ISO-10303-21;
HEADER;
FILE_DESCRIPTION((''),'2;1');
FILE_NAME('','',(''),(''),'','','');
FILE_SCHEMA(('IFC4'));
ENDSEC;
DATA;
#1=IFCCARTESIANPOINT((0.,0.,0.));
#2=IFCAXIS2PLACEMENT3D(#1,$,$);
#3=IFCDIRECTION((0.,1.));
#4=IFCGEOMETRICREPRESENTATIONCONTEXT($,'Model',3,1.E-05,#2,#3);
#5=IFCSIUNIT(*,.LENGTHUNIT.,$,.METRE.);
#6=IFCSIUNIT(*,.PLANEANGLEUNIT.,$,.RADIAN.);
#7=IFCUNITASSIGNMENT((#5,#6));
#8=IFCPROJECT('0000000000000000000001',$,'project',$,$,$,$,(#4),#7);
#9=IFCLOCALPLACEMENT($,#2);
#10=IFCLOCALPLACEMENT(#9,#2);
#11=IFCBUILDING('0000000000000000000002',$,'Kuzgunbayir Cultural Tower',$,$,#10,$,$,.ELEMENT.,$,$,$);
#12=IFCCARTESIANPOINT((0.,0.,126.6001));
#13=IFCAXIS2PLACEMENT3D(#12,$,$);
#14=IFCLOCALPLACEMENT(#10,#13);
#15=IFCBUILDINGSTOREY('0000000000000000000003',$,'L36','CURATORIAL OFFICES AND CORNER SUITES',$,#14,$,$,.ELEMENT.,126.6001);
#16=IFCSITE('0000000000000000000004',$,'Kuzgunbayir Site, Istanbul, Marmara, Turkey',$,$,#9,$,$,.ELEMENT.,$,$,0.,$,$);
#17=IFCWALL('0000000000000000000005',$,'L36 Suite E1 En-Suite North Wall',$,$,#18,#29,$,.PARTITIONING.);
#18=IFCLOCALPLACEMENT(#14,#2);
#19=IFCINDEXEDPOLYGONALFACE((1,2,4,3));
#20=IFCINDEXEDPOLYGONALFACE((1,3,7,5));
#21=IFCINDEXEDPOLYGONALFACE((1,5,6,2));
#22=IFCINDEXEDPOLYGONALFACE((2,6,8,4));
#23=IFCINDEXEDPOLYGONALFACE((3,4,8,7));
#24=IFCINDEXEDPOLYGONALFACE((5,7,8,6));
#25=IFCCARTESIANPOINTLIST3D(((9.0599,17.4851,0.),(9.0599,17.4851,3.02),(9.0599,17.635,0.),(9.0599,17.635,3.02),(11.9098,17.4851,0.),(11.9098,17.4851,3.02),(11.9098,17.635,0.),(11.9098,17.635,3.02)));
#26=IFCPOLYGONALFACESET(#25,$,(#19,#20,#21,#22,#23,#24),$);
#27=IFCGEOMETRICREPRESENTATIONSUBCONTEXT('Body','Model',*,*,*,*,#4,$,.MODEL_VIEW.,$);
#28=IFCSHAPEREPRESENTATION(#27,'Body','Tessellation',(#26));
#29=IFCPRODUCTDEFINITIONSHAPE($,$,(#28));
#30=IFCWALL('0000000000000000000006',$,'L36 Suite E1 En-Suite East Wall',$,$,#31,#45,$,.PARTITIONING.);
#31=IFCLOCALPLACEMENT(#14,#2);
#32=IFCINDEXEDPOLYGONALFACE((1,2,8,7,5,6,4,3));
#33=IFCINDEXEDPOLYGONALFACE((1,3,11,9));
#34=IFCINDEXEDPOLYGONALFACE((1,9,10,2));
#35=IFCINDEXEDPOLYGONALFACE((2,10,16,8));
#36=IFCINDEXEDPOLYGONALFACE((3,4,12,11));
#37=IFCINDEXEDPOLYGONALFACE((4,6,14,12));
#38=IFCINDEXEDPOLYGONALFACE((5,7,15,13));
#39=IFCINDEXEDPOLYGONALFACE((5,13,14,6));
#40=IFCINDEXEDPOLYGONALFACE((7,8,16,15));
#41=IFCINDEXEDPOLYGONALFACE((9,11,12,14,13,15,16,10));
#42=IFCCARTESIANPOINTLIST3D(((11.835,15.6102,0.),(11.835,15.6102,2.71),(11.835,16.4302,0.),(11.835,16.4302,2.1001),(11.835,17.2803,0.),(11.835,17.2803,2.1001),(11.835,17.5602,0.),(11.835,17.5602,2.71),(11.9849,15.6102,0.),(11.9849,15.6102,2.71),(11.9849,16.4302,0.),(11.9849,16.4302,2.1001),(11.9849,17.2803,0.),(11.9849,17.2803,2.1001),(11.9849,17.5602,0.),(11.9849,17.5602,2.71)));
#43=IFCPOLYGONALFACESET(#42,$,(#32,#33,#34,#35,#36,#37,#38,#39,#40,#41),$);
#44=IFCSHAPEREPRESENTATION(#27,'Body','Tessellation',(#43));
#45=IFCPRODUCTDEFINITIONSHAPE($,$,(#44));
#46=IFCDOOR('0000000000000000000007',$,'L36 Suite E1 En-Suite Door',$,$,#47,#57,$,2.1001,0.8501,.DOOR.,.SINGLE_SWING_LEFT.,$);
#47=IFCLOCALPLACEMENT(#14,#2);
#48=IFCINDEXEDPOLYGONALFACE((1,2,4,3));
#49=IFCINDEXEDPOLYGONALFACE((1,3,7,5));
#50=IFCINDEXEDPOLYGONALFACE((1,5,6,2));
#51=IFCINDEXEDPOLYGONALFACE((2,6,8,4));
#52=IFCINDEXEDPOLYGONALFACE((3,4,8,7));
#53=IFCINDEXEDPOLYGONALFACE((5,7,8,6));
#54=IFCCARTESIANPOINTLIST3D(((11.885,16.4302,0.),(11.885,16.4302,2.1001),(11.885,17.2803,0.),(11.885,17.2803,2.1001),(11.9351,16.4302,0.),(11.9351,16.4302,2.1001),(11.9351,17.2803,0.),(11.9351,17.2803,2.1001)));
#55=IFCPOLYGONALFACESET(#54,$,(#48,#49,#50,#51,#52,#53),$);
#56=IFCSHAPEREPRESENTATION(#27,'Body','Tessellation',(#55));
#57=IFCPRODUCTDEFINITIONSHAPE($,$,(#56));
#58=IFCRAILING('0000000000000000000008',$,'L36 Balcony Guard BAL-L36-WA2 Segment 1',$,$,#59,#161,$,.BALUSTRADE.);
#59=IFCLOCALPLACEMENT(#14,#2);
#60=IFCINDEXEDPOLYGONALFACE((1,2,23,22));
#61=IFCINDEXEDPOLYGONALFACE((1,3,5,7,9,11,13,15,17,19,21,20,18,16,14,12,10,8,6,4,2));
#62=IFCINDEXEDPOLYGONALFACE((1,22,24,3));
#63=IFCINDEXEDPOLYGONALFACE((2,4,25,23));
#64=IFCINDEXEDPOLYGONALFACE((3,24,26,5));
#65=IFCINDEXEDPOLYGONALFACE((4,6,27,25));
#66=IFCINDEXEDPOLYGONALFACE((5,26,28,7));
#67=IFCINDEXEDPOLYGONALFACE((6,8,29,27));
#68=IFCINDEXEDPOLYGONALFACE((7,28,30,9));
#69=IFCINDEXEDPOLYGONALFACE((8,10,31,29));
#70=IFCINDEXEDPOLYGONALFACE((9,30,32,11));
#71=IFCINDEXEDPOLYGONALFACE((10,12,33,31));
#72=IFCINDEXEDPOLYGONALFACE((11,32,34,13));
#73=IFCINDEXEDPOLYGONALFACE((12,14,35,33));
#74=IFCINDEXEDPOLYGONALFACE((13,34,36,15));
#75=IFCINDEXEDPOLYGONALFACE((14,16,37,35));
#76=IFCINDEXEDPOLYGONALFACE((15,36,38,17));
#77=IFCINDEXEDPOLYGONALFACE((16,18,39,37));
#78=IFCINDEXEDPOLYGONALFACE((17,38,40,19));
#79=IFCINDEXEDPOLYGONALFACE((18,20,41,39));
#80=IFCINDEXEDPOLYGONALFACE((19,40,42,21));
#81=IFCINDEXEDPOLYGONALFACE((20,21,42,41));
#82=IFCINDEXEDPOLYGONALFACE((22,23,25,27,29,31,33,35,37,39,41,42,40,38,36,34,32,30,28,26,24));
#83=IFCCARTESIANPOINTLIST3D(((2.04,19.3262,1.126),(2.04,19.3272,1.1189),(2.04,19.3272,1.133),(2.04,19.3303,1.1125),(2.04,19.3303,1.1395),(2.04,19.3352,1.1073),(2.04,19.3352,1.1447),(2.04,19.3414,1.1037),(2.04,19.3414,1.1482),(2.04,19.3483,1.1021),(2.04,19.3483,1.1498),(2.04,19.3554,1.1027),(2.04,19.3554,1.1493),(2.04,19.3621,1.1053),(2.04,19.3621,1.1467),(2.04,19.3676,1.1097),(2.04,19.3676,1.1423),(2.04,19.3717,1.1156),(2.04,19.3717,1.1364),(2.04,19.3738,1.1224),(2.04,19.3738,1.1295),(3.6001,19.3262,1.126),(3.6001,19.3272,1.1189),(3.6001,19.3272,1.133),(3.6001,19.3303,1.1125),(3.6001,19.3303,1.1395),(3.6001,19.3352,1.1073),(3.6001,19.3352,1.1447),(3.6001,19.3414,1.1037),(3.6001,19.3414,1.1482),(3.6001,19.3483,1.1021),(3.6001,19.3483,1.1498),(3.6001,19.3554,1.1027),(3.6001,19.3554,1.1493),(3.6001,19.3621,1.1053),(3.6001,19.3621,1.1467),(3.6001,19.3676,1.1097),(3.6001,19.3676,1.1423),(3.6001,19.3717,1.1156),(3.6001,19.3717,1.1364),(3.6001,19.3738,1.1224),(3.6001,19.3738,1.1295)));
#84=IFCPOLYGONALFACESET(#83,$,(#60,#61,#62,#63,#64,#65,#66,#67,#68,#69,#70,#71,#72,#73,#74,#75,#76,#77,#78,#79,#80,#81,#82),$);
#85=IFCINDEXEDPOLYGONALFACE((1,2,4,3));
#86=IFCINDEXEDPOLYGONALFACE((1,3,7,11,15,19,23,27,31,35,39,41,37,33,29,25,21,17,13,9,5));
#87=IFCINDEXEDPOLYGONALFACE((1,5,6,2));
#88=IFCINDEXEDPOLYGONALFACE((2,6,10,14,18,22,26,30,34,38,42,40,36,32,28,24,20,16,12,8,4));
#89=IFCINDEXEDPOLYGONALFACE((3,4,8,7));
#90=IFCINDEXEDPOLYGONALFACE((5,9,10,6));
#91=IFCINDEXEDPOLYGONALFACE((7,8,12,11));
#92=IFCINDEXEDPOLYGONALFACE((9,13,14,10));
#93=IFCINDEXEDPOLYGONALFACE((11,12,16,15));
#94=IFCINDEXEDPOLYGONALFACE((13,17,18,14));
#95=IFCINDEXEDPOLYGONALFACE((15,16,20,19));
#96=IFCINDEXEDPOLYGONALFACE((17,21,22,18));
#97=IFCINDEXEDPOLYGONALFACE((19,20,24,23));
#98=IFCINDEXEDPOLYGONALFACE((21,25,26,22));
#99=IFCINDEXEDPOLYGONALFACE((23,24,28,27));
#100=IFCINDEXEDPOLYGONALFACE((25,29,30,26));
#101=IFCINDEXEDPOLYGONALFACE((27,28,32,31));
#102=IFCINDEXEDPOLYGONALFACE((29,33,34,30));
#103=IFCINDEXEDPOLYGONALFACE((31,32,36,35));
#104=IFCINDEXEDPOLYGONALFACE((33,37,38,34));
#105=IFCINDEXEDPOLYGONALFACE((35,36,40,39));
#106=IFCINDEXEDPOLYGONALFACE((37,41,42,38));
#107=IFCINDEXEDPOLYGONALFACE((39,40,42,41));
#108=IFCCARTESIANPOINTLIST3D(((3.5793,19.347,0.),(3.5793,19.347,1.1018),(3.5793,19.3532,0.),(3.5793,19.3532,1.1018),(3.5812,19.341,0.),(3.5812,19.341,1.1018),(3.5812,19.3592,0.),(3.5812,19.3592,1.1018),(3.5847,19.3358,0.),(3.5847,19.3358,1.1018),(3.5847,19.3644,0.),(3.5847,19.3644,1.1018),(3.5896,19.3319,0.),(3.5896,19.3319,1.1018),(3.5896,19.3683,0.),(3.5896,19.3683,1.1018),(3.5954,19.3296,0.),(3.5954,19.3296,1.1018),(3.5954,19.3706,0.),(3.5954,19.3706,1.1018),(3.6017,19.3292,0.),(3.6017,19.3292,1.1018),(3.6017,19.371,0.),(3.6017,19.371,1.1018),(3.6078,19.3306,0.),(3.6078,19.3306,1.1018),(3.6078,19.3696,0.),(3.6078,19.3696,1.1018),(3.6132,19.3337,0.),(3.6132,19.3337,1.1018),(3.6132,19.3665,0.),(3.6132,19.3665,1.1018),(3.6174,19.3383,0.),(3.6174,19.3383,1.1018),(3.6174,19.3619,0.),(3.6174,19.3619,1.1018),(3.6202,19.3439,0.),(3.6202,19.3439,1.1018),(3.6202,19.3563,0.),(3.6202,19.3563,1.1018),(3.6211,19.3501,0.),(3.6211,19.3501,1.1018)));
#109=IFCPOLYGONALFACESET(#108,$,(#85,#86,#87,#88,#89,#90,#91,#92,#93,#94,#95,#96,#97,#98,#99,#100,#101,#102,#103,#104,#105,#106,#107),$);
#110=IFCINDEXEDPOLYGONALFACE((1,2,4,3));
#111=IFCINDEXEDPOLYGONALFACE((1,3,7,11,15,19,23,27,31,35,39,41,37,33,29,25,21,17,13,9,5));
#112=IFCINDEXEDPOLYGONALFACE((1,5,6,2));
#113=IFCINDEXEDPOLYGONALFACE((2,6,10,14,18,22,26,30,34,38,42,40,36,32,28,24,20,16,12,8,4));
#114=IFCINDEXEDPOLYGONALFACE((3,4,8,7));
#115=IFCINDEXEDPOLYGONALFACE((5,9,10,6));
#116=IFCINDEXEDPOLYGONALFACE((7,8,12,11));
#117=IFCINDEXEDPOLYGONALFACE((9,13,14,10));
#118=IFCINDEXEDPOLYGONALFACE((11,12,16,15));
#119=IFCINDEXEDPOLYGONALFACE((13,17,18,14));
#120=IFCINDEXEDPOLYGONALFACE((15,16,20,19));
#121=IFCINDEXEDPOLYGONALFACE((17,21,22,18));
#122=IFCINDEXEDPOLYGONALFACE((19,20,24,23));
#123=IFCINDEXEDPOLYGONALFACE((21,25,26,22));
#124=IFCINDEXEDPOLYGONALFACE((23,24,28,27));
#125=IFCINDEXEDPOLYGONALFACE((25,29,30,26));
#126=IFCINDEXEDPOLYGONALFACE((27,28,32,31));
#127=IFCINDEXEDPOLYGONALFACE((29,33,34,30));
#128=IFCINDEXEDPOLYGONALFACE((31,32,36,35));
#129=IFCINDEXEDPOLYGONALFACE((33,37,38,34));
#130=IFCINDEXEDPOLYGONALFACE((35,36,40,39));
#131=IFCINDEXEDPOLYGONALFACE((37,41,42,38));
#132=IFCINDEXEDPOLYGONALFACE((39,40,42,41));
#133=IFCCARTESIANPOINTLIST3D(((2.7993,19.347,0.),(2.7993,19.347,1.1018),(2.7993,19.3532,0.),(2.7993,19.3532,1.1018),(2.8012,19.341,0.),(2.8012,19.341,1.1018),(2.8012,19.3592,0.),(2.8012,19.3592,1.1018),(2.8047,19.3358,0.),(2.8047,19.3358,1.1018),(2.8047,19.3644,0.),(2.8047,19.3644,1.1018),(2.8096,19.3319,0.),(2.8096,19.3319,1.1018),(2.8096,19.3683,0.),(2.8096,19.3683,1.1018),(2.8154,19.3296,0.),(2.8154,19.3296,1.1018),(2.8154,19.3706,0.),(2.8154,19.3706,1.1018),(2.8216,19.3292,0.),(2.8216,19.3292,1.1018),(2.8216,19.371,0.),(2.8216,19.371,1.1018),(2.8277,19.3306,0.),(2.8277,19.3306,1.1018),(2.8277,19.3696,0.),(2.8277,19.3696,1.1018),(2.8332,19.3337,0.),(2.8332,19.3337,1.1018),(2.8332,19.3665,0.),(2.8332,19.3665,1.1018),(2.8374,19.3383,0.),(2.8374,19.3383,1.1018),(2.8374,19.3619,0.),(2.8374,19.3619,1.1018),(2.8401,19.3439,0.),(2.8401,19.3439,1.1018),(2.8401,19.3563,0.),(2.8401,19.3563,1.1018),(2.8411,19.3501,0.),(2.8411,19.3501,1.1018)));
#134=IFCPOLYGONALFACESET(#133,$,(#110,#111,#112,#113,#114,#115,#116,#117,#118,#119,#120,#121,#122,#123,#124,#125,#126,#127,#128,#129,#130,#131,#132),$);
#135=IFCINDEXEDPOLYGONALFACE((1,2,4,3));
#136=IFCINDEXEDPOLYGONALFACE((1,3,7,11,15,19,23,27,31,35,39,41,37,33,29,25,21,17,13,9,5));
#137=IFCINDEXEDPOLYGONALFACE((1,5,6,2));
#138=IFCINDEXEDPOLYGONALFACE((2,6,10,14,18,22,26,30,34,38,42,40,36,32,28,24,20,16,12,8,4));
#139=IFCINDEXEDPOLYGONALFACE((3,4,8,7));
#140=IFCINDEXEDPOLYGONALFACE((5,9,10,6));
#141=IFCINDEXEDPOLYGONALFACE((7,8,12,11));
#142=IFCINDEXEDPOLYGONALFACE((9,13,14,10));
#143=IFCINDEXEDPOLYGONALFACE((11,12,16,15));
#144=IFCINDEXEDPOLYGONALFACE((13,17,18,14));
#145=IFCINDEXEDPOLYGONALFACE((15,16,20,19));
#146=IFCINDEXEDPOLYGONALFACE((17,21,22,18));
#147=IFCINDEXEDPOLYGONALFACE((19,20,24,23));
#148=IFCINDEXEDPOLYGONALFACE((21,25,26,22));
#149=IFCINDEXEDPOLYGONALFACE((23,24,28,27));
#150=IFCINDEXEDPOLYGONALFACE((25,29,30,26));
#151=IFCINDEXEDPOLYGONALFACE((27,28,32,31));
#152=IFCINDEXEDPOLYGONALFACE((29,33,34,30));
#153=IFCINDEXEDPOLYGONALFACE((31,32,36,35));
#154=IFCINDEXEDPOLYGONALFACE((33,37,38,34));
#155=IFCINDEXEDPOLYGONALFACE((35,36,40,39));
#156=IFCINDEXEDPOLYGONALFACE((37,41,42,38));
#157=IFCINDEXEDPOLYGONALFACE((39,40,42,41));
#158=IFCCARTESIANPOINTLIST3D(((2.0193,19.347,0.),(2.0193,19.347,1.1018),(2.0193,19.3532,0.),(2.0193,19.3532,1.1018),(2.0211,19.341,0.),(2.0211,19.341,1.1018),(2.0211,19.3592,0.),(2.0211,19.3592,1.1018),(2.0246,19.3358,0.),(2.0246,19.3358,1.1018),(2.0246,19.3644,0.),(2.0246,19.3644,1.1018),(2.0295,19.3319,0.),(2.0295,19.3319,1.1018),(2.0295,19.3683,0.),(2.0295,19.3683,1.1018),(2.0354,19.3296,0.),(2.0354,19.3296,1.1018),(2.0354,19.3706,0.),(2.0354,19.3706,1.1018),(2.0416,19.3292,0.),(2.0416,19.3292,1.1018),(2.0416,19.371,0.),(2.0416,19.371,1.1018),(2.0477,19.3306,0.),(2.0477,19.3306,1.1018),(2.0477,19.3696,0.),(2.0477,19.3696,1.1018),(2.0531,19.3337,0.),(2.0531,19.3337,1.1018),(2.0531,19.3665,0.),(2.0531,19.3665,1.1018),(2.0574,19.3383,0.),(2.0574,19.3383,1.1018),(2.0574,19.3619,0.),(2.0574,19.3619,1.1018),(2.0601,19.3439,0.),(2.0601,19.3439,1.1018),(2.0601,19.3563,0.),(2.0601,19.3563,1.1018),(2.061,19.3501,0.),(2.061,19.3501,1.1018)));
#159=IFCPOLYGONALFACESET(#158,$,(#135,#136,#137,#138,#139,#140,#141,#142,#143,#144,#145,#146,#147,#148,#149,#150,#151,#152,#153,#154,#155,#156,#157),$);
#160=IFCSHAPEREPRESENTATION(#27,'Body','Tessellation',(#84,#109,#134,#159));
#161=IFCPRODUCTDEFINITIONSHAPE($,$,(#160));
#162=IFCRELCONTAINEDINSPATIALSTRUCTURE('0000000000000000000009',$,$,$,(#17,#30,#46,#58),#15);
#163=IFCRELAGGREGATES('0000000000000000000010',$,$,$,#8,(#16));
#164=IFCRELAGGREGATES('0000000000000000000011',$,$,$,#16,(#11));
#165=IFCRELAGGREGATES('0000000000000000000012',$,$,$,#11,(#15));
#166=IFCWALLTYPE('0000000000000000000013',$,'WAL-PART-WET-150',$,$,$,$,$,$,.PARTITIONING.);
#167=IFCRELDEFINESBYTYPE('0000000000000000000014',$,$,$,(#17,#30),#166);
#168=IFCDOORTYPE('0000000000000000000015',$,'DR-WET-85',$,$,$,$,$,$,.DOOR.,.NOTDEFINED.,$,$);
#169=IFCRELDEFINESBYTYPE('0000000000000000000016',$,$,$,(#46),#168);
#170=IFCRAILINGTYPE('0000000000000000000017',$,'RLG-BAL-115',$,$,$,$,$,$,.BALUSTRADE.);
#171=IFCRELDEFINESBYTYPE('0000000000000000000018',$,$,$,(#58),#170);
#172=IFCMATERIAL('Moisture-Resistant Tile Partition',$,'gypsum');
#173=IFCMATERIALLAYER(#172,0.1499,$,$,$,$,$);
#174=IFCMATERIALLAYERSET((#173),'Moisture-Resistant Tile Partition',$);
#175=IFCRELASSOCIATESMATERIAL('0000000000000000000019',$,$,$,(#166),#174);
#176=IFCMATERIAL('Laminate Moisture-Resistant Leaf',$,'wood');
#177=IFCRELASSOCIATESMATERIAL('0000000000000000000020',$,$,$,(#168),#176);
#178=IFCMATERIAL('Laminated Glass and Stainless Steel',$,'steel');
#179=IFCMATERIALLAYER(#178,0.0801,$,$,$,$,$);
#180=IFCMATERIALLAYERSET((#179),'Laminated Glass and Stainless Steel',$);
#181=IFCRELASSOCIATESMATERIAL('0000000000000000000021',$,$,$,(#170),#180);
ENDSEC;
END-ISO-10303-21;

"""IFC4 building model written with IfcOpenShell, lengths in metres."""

from ifc_helpers import new_model, si_unit, direction, frame, frame_2d, origin, origin_2d, place, context, subcontext, project, spatial, rectangle, circle, extrude, material, layer, layer_set, type_object, element, fill, save


model = new_model("IFC4")

# Units and contexts
model_context = context("Model", 3, precision=1e-05, world=origin(), true_north=direction((0.0, 1.0)))
body_context = subcontext(model_context, "Body", "Model", "MODEL_VIEW")
ifc_project = project(units=[si_unit("LENGTHUNIT", "METRE"), si_unit("PLANEANGLEUNIT", "RADIAN")], contexts=[model_context])

# Site, building, storey
site_placement = place(None, origin())
site = spatial("IfcSite", under=ifc_project, at=site_placement, Name="Kuzgunbayir Site, Istanbul, Marmara, Turkey", CompositionType="ELEMENT", RefElevation=0.0)
building_placement = place(site_placement, origin())
building = spatial("IfcBuilding", under=site, at=building_placement, Name="Kuzgunbayir Cultural Tower", CompositionType="ELEMENT")
storey_placement = place(building_placement, frame((0.0, 0.0, 126.6001)))
storey = spatial("IfcBuildingStorey", under=building, at=storey_placement, Name="L36", Description="CURATORIAL OFFICES AND CORNER SUITES", CompositionType="ELEMENT", Elevation=126.6001)

# Wall
ifc_material_1 = material(Name="Moisture-Resistant Tile Partition", Category="gypsum")
ifc_layer_1 = layer(ifc_material_1, 0.1499)
ifc_layer_set_1 = layer_set([ifc_layer_1], Name="Moisture-Resistant Tile Partition")
wall_type_1 = type_object("IfcWallType", Name="WAL-PART-WET-150", PredefinedType="PARTITIONING", material=ifc_layer_set_1)
wall_1_placement = place(storey_placement, frame((9.0601, 17.5601, 0.0), z_axis=(0.0, 0.0, 1.0), x_axis=(1.0, 0.0, 0.0)))
element("IfcWall", 1, at=wall_1_placement, inside=storey, type_object=wall_type_1, Name="L36 Suite E1 En-Suite North Wall", PredefinedType="PARTITIONING", context=body_context, shape_type="SweptSolid", body=[
    extrude(rectangle(XDim=2.8499, YDim=0.1499, at=frame_2d((1.4248, 0.0))), origin(), (0.0, 0.0, 1.0), 3.02),
])

# Wall, opening, door
wall_2_placement = place(storey_placement, frame((11.9099, 15.6101, 0.0), z_axis=(0.0, 0.0, 1.0), x_axis=(0.0, 1.0, 0.0)))
wall_2 = element("IfcWall", 2, at=wall_2_placement, inside=storey, type_object=wall_type_1, Name="L36 Suite E1 En-Suite East Wall", PredefinedType="PARTITIONING", context=body_context, shape_type="SweptSolid", body=[
    extrude(rectangle(XDim=1.95, YDim=0.1499, at=frame_2d((0.9751, 0.0))), origin(), (0.0, 0.0, 1.0), 2.71),
])
opening_placement = place(wall_2_placement, frame((0.8201, 0.0, 0.0)))
opening = element("IfcOpeningElement", 3, at=opening_placement, cuts=wall_2, PredefinedType="OPENING", context=body_context, shape_type="SweptSolid", body=[
    extrude(rectangle(XDim=0.8501, YDim=2.1001, at=frame_2d((0.425, 1.05))), frame((0.0, 0.085, 0.0), z_axis=(0.0, -1.0, 0.0), x_axis=(1.0, 0.0, 0.0)), (0.0, 0.0, 1.0), 0.1699),
])
ifc_material_2 = material(Name="Laminate Moisture-Resistant Leaf", Category="wood")
door_type = type_object("IfcDoorType", Name="DR-WET-85", OperationType="NOTDEFINED", PredefinedType="DOOR", material=ifc_material_2)
door_placement = place(opening_placement, origin())
door = element("IfcDoor", 4, at=door_placement, inside=storey, type_object=door_type, Name="L36 Suite E1 En-Suite Door", OperationType="SINGLE_SWING_LEFT", OverallHeight=2.1001, OverallWidth=0.8501, PredefinedType="DOOR", context=body_context, shape_type="SweptSolid", body=[
    extrude(rectangle(XDim=0.8501, YDim=2.1001, at=frame_2d((0.425, 1.05))), frame((0.0, 0.0249, 0.0), z_axis=(0.0, -1.0, 0.0), x_axis=(1.0, 0.0, 0.0)), (0.0, 0.0, 1.0), 0.05),
])
fill(opening, door)

# Railing
ifc_material_3 = material(Name="Laminated Glass and Stainless Steel", Category="steel")
ifc_layer_2 = layer(ifc_material_3, 0.0801)
ifc_layer_set_2 = layer_set([ifc_layer_2], Name="Laminated Glass and Stainless Steel")
railing_type = type_object("IfcRailingType", Name="RLG-BAL-115", PredefinedType="BALUSTRADE", material=ifc_layer_set_2)
railing_1_placement = place(storey_placement, frame((3.6001, 19.3501, 0.0)))
element("IfcRailing", 5, at=railing_1_placement, inside=storey, type_object=railing_type, Name="L36 Balcony Guard BAL-L36-WA2 Segment 1", PredefinedType="BALUSTRADE", context=body_context, shape_type="SweptSolid", body=[
    extrude(circle(Radius=0.0239, at=origin_2d()), frame((0.0, 0.0, 1.126), z_axis=(-1.0, 0.0, 0.0), x_axis=(0.0, -1.0, 0.0)), (0.0, 0.0, 1.0), 1.5601),
    extrude(circle(Radius=0.021, at=origin_2d()), origin(), (0.0, 0.0, 1.0), 1.1018),
    extrude(circle(Radius=0.021, at=origin_2d()), frame((-0.78, 0.0, 0.0)), (0.0, 0.0, 1.0), 1.1018),
    extrude(circle(Radius=0.021, at=origin_2d()), frame((-1.5601, 0.0, 0.0)), (0.0, 0.0, 1.0), 1.1018),
])

save(model, "model.ifc")
